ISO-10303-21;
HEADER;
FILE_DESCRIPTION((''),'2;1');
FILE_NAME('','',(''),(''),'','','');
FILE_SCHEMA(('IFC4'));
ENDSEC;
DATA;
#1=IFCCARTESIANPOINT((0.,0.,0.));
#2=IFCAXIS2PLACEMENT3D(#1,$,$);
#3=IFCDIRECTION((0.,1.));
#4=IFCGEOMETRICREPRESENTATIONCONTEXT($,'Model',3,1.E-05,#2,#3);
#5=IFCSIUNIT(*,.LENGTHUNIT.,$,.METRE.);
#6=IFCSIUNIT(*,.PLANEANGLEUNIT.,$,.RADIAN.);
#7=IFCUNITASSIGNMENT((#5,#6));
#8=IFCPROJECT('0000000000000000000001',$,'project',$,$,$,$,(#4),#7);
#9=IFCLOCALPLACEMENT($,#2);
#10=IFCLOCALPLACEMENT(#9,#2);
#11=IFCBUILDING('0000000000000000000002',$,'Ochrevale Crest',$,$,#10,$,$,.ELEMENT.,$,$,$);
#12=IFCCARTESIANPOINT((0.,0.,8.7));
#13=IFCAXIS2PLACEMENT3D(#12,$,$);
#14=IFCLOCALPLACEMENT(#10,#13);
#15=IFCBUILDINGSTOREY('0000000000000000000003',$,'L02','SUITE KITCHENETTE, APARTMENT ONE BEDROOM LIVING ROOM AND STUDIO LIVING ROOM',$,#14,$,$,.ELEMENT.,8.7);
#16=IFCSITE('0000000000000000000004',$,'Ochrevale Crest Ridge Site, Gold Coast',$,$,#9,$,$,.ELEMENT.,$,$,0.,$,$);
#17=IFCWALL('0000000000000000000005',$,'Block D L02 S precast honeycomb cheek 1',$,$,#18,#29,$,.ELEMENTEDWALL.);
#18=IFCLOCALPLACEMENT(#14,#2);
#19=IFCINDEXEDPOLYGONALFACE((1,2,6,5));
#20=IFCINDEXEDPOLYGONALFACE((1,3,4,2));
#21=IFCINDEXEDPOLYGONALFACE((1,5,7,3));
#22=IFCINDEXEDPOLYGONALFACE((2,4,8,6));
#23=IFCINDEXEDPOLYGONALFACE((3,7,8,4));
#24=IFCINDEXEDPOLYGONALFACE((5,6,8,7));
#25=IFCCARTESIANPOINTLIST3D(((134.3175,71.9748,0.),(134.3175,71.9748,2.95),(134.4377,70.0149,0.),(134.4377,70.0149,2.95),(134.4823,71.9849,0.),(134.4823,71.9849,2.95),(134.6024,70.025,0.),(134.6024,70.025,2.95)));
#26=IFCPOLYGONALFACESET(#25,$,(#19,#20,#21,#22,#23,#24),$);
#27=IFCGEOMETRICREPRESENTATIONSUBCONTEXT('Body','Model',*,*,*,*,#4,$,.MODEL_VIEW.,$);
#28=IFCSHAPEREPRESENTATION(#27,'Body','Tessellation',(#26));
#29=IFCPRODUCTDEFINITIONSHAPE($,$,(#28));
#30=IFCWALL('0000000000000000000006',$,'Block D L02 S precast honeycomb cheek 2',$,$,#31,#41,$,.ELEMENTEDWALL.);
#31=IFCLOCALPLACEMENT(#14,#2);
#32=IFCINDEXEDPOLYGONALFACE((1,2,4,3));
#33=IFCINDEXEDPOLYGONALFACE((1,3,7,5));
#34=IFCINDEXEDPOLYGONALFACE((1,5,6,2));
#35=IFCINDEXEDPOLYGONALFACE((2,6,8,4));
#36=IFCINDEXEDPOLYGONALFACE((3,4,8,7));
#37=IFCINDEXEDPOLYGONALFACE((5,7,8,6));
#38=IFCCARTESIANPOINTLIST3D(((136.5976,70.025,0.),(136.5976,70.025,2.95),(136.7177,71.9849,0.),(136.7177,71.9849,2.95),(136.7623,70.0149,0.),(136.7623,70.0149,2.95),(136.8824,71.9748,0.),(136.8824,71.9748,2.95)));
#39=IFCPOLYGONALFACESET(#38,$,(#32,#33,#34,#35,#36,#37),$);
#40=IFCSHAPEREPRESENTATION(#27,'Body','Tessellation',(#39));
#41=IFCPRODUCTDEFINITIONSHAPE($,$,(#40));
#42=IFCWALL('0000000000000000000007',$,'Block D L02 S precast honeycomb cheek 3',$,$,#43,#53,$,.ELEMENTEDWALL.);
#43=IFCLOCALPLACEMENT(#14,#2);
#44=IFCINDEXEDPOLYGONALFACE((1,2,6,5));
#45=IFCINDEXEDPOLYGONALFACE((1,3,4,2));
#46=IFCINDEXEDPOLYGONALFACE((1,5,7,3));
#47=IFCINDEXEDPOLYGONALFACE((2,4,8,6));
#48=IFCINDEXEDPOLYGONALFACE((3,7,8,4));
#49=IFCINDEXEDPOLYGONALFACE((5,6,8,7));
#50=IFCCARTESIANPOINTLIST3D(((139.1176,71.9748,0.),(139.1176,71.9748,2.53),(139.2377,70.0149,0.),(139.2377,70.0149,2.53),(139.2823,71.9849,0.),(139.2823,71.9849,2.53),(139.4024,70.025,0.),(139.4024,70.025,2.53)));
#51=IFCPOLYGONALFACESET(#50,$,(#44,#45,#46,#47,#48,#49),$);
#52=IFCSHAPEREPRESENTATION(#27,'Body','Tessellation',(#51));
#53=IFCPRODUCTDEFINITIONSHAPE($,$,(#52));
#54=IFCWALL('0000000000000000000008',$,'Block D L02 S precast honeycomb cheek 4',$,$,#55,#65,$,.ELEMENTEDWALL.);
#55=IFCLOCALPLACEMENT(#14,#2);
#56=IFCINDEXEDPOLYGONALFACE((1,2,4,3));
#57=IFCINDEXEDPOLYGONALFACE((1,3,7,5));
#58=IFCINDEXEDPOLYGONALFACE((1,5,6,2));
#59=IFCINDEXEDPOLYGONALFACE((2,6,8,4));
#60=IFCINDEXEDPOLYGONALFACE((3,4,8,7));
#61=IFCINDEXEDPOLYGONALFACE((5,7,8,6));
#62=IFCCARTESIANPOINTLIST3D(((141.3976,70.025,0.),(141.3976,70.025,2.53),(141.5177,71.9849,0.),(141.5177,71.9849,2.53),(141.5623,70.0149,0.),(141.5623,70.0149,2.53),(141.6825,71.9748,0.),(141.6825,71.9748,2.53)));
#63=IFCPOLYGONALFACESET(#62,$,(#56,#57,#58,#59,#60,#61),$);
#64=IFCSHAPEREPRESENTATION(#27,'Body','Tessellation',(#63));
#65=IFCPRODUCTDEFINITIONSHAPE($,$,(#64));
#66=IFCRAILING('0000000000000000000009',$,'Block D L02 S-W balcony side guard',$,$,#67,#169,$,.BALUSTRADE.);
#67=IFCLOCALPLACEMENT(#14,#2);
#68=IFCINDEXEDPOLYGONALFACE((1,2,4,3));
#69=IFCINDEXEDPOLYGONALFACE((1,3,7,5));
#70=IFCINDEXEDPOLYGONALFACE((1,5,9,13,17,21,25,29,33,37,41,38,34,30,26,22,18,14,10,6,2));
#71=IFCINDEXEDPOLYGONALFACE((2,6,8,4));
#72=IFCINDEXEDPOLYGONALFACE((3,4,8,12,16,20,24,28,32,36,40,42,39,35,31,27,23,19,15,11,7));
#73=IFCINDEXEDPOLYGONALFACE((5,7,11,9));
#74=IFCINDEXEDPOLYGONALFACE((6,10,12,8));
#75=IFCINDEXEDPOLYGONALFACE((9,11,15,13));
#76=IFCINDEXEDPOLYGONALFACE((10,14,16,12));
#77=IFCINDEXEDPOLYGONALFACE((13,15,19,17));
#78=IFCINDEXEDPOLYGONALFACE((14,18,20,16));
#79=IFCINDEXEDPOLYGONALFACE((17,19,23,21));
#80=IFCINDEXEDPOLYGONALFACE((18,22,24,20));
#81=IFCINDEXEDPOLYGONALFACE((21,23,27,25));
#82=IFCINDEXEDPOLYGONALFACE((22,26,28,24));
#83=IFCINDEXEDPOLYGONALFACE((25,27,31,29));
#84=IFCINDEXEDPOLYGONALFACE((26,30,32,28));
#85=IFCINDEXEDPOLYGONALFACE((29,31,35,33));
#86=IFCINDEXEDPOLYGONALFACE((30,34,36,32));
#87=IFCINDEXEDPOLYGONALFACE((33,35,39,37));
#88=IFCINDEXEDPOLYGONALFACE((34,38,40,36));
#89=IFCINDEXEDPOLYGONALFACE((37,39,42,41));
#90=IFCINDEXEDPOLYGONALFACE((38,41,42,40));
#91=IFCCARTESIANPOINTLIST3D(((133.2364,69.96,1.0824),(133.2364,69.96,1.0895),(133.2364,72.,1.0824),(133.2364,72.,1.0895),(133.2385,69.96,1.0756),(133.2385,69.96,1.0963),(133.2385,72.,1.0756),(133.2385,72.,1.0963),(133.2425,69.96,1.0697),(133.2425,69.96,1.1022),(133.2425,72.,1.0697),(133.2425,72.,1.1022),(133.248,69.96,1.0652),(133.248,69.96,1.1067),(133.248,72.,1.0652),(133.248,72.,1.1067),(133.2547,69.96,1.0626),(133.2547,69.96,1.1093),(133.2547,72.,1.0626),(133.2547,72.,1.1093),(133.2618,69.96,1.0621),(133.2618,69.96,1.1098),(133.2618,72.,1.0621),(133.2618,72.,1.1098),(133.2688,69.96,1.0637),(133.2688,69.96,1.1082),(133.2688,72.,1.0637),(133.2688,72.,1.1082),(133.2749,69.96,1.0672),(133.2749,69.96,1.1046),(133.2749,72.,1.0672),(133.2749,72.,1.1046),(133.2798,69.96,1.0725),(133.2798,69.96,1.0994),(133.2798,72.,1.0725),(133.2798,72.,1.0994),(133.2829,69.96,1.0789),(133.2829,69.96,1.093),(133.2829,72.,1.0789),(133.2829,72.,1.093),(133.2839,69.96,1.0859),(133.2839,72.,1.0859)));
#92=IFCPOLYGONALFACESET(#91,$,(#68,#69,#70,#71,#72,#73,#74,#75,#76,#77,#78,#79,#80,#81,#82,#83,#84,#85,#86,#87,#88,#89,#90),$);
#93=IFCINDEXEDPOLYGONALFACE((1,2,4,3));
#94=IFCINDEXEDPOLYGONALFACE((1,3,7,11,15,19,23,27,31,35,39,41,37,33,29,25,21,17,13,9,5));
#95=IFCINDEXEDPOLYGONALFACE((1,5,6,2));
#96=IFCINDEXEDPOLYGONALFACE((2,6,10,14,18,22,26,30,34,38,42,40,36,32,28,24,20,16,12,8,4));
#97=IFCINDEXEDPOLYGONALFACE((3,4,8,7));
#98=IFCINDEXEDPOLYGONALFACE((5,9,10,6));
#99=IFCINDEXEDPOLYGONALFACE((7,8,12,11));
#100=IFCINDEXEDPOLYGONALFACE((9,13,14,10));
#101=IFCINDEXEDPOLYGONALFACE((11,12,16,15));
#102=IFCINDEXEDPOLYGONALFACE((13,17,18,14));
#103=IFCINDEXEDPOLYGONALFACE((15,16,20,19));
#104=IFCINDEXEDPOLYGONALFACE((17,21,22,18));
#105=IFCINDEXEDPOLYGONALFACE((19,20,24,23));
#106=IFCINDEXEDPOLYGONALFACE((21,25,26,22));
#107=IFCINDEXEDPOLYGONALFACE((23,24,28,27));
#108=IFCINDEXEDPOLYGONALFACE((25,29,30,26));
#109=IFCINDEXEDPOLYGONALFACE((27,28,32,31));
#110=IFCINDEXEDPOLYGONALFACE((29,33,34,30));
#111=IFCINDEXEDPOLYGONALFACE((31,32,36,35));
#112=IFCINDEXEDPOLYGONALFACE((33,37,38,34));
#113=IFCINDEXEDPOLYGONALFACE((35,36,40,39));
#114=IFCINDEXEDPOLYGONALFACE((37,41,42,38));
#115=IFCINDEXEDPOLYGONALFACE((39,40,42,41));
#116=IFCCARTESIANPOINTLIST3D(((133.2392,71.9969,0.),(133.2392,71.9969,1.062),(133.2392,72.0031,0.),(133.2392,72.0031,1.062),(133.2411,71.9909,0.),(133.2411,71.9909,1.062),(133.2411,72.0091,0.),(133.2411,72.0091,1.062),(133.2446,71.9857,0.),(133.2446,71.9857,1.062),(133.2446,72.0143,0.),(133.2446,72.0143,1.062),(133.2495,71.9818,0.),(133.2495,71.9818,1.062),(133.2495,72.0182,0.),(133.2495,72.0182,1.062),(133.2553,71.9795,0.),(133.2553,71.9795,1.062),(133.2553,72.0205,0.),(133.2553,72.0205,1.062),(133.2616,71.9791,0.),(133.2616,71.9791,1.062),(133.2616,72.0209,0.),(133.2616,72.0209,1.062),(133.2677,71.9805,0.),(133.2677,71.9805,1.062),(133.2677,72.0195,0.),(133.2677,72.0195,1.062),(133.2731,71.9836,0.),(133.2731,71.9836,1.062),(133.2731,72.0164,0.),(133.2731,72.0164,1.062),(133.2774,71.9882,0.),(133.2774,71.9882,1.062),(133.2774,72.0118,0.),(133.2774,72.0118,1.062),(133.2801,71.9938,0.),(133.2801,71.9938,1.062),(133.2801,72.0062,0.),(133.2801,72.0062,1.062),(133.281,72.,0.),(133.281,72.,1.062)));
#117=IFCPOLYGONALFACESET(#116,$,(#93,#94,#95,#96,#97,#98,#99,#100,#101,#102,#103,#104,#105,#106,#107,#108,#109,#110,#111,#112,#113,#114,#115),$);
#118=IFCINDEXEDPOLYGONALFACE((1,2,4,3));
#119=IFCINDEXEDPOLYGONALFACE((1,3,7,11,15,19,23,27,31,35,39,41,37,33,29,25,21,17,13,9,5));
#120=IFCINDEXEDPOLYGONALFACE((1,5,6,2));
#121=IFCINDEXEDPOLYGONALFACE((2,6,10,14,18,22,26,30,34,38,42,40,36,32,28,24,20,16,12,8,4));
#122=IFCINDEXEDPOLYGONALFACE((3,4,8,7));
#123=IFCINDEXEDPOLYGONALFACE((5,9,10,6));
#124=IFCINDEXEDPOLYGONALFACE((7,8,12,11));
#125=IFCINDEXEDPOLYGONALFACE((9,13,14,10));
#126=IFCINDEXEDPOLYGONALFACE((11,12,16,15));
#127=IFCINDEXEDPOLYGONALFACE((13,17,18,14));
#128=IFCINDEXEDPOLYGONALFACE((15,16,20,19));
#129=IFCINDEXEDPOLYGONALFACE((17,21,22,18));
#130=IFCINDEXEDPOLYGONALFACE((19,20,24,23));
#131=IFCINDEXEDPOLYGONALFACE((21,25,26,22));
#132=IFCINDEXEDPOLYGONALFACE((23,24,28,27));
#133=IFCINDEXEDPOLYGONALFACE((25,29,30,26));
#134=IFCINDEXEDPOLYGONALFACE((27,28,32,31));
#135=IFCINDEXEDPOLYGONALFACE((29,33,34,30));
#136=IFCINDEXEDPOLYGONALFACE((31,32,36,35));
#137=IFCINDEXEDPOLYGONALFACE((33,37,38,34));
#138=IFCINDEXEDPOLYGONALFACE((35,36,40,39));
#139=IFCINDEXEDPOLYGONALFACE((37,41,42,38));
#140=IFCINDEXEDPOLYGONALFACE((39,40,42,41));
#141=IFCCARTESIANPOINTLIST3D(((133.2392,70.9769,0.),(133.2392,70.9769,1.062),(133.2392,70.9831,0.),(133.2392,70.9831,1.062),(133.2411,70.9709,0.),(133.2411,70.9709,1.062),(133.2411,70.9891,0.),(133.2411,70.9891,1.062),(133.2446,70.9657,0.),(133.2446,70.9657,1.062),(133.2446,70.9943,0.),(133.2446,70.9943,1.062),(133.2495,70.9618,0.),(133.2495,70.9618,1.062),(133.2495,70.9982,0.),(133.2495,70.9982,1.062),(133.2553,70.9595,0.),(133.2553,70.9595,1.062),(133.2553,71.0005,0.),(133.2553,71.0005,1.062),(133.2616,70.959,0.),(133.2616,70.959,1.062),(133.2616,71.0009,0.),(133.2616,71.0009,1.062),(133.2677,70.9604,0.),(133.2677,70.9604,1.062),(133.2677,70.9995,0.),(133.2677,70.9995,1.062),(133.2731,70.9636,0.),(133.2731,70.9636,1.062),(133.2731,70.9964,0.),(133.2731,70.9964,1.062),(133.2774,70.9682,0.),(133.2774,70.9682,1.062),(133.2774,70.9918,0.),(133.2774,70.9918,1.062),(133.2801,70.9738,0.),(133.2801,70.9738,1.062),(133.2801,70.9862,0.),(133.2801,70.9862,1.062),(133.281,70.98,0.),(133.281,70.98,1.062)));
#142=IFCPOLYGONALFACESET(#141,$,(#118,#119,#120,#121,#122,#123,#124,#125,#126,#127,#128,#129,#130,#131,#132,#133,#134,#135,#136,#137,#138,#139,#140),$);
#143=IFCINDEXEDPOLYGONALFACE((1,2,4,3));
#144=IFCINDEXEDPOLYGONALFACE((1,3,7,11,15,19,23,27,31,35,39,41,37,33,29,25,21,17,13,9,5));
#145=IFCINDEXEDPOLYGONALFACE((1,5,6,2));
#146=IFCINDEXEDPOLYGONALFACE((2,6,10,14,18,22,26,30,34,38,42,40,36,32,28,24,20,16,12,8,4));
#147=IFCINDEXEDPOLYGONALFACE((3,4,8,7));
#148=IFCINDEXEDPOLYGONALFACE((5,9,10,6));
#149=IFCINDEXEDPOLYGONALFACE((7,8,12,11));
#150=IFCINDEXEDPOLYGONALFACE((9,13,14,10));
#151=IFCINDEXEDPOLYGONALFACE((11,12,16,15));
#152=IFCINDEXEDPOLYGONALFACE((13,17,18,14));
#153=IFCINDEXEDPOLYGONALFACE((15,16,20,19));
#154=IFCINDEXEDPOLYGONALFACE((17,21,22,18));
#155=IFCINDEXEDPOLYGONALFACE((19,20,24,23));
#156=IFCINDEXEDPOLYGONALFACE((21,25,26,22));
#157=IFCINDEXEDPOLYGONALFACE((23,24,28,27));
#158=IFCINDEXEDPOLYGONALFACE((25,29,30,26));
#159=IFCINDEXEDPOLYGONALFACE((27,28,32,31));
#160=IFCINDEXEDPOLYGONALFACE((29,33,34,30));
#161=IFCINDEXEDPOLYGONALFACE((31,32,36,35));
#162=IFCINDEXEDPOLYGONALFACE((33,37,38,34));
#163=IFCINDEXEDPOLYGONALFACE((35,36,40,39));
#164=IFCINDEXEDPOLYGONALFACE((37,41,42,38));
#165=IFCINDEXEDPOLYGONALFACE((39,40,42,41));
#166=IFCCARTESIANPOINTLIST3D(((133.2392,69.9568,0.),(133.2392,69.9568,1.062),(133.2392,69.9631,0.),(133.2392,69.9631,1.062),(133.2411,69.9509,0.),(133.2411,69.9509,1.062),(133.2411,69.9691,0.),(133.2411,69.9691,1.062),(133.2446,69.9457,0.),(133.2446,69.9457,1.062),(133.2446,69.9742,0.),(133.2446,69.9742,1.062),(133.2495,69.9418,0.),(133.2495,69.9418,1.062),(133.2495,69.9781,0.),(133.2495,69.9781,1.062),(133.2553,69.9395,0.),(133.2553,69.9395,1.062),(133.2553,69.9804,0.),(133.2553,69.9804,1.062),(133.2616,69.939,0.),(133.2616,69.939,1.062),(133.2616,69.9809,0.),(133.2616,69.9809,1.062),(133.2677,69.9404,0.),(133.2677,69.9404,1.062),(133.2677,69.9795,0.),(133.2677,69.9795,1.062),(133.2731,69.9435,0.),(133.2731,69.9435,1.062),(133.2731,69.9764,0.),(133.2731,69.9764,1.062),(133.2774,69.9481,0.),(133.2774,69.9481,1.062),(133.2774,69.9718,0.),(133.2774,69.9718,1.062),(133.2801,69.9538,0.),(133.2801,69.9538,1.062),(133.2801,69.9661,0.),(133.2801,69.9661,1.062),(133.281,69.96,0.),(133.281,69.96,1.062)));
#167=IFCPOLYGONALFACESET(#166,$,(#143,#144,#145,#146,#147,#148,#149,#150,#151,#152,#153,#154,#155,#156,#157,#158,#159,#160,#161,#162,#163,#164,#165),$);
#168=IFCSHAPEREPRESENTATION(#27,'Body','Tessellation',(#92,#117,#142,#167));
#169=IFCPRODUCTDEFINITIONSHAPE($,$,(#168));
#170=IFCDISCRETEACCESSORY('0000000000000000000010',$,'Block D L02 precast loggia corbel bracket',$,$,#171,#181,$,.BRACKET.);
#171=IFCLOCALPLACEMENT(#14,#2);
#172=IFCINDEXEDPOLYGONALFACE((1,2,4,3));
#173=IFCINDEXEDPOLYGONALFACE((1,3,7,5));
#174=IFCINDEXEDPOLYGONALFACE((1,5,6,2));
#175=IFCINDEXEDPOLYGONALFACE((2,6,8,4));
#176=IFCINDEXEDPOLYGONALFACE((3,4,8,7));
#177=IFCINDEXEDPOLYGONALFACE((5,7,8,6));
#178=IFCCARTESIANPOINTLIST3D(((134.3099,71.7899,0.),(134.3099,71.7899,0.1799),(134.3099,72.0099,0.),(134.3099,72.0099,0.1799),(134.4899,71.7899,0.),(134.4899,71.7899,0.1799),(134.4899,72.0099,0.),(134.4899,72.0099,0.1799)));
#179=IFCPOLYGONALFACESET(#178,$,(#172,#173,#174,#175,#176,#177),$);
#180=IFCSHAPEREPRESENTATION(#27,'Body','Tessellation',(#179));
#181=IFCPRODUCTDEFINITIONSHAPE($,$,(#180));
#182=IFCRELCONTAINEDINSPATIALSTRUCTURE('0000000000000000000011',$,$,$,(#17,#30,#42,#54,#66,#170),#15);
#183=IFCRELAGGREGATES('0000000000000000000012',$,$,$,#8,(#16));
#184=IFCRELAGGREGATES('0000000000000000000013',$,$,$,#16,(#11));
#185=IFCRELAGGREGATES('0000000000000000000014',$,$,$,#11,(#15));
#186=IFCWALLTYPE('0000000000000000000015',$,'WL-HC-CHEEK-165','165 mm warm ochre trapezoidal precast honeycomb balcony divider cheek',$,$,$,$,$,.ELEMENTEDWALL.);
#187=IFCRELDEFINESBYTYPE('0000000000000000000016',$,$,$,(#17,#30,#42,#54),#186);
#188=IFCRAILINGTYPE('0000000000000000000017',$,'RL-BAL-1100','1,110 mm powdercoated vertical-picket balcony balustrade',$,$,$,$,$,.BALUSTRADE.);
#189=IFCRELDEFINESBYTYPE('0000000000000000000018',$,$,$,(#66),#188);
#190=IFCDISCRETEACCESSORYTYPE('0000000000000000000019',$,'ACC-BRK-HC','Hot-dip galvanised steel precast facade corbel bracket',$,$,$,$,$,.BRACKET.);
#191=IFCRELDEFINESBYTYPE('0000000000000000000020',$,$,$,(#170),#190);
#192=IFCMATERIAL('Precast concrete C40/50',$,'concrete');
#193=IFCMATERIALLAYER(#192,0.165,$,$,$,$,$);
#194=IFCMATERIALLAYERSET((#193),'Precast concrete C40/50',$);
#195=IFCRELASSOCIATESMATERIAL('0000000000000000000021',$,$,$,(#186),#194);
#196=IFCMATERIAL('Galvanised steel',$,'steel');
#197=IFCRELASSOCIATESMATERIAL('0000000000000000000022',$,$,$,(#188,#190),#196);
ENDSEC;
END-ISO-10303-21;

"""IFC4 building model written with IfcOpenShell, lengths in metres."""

from ifc_helpers import new_model, si_unit, direction, frame, frame_2d, origin, origin_2d, place, context, subcontext, project, spatial, rectangle, circle, extrude, material, layer, layer_set, type_object, element, save


model = new_model("IFC4")

# Units and contexts
model_context = context("Model", 3, precision=1e-05, world=origin(), true_north=direction((0.0, 1.0)))
body_context = subcontext(model_context, "Body", "Model", "MODEL_VIEW")
ifc_project = project(units=[si_unit("LENGTHUNIT", "METRE"), si_unit("PLANEANGLEUNIT", "RADIAN")], contexts=[model_context])

# Site, building, storey
site_placement = place(None, origin())
site = spatial("IfcSite", under=ifc_project, at=site_placement, Name="Ochrevale Crest Ridge Site, Gold Coast", CompositionType="ELEMENT", RefElevation=0.0)
building_placement = place(site_placement, origin())
building = spatial("IfcBuilding", under=site, at=building_placement, Name="Ochrevale Crest", CompositionType="ELEMENT")
storey_placement = place(building_placement, frame((0.0, 0.0, 8.7)))
storey = spatial("IfcBuildingStorey", under=building, at=storey_placement, Name="L02", Description="SUITE KITCHENETTE, APARTMENT ONE BEDROOM LIVING ROOM AND STUDIO LIVING ROOM", CompositionType="ELEMENT", Elevation=8.7)

# Shared definitions
ifc_material_1 = material(Name="Precast concrete C40/50", Category="concrete")

# Walls
ifc_layer_1 = layer(ifc_material_1, 0.165)
ifc_layer_set_1 = layer_set([ifc_layer_1], Name="Precast concrete C40/50")
wall_type_1 = type_object("IfcWallType", Name="WL-HC-CHEEK-165", Description="165 mm warm ochre trapezoidal precast honeycomb balcony divider cheek", PredefinedType="ELEMENTEDWALL", material=ifc_layer_set_1)
for number, where, z_axis, x_axis, name in (
    (1, (134.3999, 71.98, 0.0), (0.0, 0.0, 1.0), (0.061171, -0.998127, 0.0), "Block D L02 S precast honeycomb cheek 1"),
    (2, (136.8, 71.98, 0.0), (0.0, 0.0, 1.0), (-0.061171, -0.998127, 0.0), "Block D L02 S precast honeycomb cheek 2"),
):
    element("IfcWall", number, at=place(storey_placement, frame(where, z_axis=z_axis, x_axis=x_axis)), inside=storey, type_object=wall_type_1, Name=name, PredefinedType="ELEMENTEDWALL", context=body_context, shape_type="SweptSolid", body=[
        extrude(rectangle(XDim=1.9636, YDim=0.165, at=frame_2d((0.9819, 0.0))), origin(), (0.0, 0.0, 1.0), 2.95),
    ])
for number, where, z_axis, x_axis, name in (
    (3, (139.2, 71.98, 0.0), (0.0, 0.0, 1.0), (0.061171, -0.998127, 0.0), "Block D L02 S precast honeycomb cheek 3"),
    (4, (141.6001, 71.98, 0.0), (0.0, 0.0, 1.0), (-0.061171, -0.998127, 0.0), "Block D L02 S precast honeycomb cheek 4"),
):
    element("IfcWall", number, at=place(storey_placement, frame(where, z_axis=z_axis, x_axis=x_axis)), inside=storey, type_object=wall_type_1, Name=name, PredefinedType="ELEMENTEDWALL", context=body_context, shape_type="SweptSolid", body=[
        extrude(rectangle(XDim=1.9636, YDim=0.165, at=frame_2d((0.9819, 0.0))), origin(), (0.0, 0.0, 1.0), 2.53),
    ])

# Railing
ifc_material_2 = material(Name="Galvanised steel", Category="steel")
railing_type = type_object("IfcRailingType", Name="RL-BAL-1100", Description="1,110 mm powdercoated vertical-picket balcony balustrade", PredefinedType="BALUSTRADE", material=ifc_material_2)
railing_1_placement = place(storey_placement, frame((133.26, 72.0, 0.0)))
element("IfcRailing", 5, at=railing_1_placement, inside=storey, type_object=railing_type, Name="Block D L02 S-W balcony side guard", PredefinedType="BALUSTRADE", context=body_context, shape_type="SweptSolid", body=[
    extrude(circle(Radius=0.0239, at=origin_2d()), frame((0.0, 0.0, 1.0859), z_axis=(0.0, -1.0, 0.0), x_axis=(1.0, 0.0, 0.0)), (0.0, 0.0, 1.0), 2.04),
    extrude(circle(Radius=0.021, at=origin_2d()), origin(), (0.0, 0.0, 1.0), 1.062),
    extrude(circle(Radius=0.021, at=origin_2d()), frame((0.0, -1.02, 0.0)), (0.0, 0.0, 1.0), 1.062),
    extrude(circle(Radius=0.021, at=origin_2d()), frame((0.0, -2.04, 0.0)), (0.0, 0.0, 1.0), 1.062),
])

# Discrete accessory
discrete_accessory_type = type_object("IfcDiscreteAccessoryType", Name="ACC-BRK-HC", Description="Hot-dip galvanised steel precast facade corbel bracket", PredefinedType="BRACKET", material=ifc_material_2)
discrete_accessory_placement = place(storey_placement, frame((134.3999, 71.8999, 0.0), z_axis=(0.0, 0.0, 1.0), x_axis=(1.0, 0.0, 0.0)))
element("IfcDiscreteAccessory", 6, at=discrete_accessory_placement, inside=storey, type_object=discrete_accessory_type, Name="Block D L02 precast loggia corbel bracket", PredefinedType="BRACKET", context=body_context, shape_type="SweptSolid", body=[
    extrude(rectangle(XDim=0.1799, YDim=0.22, at=origin_2d()), origin(), (0.0, 0.0, 1.0), 0.1799),
])

save(model, "model.ifc")
